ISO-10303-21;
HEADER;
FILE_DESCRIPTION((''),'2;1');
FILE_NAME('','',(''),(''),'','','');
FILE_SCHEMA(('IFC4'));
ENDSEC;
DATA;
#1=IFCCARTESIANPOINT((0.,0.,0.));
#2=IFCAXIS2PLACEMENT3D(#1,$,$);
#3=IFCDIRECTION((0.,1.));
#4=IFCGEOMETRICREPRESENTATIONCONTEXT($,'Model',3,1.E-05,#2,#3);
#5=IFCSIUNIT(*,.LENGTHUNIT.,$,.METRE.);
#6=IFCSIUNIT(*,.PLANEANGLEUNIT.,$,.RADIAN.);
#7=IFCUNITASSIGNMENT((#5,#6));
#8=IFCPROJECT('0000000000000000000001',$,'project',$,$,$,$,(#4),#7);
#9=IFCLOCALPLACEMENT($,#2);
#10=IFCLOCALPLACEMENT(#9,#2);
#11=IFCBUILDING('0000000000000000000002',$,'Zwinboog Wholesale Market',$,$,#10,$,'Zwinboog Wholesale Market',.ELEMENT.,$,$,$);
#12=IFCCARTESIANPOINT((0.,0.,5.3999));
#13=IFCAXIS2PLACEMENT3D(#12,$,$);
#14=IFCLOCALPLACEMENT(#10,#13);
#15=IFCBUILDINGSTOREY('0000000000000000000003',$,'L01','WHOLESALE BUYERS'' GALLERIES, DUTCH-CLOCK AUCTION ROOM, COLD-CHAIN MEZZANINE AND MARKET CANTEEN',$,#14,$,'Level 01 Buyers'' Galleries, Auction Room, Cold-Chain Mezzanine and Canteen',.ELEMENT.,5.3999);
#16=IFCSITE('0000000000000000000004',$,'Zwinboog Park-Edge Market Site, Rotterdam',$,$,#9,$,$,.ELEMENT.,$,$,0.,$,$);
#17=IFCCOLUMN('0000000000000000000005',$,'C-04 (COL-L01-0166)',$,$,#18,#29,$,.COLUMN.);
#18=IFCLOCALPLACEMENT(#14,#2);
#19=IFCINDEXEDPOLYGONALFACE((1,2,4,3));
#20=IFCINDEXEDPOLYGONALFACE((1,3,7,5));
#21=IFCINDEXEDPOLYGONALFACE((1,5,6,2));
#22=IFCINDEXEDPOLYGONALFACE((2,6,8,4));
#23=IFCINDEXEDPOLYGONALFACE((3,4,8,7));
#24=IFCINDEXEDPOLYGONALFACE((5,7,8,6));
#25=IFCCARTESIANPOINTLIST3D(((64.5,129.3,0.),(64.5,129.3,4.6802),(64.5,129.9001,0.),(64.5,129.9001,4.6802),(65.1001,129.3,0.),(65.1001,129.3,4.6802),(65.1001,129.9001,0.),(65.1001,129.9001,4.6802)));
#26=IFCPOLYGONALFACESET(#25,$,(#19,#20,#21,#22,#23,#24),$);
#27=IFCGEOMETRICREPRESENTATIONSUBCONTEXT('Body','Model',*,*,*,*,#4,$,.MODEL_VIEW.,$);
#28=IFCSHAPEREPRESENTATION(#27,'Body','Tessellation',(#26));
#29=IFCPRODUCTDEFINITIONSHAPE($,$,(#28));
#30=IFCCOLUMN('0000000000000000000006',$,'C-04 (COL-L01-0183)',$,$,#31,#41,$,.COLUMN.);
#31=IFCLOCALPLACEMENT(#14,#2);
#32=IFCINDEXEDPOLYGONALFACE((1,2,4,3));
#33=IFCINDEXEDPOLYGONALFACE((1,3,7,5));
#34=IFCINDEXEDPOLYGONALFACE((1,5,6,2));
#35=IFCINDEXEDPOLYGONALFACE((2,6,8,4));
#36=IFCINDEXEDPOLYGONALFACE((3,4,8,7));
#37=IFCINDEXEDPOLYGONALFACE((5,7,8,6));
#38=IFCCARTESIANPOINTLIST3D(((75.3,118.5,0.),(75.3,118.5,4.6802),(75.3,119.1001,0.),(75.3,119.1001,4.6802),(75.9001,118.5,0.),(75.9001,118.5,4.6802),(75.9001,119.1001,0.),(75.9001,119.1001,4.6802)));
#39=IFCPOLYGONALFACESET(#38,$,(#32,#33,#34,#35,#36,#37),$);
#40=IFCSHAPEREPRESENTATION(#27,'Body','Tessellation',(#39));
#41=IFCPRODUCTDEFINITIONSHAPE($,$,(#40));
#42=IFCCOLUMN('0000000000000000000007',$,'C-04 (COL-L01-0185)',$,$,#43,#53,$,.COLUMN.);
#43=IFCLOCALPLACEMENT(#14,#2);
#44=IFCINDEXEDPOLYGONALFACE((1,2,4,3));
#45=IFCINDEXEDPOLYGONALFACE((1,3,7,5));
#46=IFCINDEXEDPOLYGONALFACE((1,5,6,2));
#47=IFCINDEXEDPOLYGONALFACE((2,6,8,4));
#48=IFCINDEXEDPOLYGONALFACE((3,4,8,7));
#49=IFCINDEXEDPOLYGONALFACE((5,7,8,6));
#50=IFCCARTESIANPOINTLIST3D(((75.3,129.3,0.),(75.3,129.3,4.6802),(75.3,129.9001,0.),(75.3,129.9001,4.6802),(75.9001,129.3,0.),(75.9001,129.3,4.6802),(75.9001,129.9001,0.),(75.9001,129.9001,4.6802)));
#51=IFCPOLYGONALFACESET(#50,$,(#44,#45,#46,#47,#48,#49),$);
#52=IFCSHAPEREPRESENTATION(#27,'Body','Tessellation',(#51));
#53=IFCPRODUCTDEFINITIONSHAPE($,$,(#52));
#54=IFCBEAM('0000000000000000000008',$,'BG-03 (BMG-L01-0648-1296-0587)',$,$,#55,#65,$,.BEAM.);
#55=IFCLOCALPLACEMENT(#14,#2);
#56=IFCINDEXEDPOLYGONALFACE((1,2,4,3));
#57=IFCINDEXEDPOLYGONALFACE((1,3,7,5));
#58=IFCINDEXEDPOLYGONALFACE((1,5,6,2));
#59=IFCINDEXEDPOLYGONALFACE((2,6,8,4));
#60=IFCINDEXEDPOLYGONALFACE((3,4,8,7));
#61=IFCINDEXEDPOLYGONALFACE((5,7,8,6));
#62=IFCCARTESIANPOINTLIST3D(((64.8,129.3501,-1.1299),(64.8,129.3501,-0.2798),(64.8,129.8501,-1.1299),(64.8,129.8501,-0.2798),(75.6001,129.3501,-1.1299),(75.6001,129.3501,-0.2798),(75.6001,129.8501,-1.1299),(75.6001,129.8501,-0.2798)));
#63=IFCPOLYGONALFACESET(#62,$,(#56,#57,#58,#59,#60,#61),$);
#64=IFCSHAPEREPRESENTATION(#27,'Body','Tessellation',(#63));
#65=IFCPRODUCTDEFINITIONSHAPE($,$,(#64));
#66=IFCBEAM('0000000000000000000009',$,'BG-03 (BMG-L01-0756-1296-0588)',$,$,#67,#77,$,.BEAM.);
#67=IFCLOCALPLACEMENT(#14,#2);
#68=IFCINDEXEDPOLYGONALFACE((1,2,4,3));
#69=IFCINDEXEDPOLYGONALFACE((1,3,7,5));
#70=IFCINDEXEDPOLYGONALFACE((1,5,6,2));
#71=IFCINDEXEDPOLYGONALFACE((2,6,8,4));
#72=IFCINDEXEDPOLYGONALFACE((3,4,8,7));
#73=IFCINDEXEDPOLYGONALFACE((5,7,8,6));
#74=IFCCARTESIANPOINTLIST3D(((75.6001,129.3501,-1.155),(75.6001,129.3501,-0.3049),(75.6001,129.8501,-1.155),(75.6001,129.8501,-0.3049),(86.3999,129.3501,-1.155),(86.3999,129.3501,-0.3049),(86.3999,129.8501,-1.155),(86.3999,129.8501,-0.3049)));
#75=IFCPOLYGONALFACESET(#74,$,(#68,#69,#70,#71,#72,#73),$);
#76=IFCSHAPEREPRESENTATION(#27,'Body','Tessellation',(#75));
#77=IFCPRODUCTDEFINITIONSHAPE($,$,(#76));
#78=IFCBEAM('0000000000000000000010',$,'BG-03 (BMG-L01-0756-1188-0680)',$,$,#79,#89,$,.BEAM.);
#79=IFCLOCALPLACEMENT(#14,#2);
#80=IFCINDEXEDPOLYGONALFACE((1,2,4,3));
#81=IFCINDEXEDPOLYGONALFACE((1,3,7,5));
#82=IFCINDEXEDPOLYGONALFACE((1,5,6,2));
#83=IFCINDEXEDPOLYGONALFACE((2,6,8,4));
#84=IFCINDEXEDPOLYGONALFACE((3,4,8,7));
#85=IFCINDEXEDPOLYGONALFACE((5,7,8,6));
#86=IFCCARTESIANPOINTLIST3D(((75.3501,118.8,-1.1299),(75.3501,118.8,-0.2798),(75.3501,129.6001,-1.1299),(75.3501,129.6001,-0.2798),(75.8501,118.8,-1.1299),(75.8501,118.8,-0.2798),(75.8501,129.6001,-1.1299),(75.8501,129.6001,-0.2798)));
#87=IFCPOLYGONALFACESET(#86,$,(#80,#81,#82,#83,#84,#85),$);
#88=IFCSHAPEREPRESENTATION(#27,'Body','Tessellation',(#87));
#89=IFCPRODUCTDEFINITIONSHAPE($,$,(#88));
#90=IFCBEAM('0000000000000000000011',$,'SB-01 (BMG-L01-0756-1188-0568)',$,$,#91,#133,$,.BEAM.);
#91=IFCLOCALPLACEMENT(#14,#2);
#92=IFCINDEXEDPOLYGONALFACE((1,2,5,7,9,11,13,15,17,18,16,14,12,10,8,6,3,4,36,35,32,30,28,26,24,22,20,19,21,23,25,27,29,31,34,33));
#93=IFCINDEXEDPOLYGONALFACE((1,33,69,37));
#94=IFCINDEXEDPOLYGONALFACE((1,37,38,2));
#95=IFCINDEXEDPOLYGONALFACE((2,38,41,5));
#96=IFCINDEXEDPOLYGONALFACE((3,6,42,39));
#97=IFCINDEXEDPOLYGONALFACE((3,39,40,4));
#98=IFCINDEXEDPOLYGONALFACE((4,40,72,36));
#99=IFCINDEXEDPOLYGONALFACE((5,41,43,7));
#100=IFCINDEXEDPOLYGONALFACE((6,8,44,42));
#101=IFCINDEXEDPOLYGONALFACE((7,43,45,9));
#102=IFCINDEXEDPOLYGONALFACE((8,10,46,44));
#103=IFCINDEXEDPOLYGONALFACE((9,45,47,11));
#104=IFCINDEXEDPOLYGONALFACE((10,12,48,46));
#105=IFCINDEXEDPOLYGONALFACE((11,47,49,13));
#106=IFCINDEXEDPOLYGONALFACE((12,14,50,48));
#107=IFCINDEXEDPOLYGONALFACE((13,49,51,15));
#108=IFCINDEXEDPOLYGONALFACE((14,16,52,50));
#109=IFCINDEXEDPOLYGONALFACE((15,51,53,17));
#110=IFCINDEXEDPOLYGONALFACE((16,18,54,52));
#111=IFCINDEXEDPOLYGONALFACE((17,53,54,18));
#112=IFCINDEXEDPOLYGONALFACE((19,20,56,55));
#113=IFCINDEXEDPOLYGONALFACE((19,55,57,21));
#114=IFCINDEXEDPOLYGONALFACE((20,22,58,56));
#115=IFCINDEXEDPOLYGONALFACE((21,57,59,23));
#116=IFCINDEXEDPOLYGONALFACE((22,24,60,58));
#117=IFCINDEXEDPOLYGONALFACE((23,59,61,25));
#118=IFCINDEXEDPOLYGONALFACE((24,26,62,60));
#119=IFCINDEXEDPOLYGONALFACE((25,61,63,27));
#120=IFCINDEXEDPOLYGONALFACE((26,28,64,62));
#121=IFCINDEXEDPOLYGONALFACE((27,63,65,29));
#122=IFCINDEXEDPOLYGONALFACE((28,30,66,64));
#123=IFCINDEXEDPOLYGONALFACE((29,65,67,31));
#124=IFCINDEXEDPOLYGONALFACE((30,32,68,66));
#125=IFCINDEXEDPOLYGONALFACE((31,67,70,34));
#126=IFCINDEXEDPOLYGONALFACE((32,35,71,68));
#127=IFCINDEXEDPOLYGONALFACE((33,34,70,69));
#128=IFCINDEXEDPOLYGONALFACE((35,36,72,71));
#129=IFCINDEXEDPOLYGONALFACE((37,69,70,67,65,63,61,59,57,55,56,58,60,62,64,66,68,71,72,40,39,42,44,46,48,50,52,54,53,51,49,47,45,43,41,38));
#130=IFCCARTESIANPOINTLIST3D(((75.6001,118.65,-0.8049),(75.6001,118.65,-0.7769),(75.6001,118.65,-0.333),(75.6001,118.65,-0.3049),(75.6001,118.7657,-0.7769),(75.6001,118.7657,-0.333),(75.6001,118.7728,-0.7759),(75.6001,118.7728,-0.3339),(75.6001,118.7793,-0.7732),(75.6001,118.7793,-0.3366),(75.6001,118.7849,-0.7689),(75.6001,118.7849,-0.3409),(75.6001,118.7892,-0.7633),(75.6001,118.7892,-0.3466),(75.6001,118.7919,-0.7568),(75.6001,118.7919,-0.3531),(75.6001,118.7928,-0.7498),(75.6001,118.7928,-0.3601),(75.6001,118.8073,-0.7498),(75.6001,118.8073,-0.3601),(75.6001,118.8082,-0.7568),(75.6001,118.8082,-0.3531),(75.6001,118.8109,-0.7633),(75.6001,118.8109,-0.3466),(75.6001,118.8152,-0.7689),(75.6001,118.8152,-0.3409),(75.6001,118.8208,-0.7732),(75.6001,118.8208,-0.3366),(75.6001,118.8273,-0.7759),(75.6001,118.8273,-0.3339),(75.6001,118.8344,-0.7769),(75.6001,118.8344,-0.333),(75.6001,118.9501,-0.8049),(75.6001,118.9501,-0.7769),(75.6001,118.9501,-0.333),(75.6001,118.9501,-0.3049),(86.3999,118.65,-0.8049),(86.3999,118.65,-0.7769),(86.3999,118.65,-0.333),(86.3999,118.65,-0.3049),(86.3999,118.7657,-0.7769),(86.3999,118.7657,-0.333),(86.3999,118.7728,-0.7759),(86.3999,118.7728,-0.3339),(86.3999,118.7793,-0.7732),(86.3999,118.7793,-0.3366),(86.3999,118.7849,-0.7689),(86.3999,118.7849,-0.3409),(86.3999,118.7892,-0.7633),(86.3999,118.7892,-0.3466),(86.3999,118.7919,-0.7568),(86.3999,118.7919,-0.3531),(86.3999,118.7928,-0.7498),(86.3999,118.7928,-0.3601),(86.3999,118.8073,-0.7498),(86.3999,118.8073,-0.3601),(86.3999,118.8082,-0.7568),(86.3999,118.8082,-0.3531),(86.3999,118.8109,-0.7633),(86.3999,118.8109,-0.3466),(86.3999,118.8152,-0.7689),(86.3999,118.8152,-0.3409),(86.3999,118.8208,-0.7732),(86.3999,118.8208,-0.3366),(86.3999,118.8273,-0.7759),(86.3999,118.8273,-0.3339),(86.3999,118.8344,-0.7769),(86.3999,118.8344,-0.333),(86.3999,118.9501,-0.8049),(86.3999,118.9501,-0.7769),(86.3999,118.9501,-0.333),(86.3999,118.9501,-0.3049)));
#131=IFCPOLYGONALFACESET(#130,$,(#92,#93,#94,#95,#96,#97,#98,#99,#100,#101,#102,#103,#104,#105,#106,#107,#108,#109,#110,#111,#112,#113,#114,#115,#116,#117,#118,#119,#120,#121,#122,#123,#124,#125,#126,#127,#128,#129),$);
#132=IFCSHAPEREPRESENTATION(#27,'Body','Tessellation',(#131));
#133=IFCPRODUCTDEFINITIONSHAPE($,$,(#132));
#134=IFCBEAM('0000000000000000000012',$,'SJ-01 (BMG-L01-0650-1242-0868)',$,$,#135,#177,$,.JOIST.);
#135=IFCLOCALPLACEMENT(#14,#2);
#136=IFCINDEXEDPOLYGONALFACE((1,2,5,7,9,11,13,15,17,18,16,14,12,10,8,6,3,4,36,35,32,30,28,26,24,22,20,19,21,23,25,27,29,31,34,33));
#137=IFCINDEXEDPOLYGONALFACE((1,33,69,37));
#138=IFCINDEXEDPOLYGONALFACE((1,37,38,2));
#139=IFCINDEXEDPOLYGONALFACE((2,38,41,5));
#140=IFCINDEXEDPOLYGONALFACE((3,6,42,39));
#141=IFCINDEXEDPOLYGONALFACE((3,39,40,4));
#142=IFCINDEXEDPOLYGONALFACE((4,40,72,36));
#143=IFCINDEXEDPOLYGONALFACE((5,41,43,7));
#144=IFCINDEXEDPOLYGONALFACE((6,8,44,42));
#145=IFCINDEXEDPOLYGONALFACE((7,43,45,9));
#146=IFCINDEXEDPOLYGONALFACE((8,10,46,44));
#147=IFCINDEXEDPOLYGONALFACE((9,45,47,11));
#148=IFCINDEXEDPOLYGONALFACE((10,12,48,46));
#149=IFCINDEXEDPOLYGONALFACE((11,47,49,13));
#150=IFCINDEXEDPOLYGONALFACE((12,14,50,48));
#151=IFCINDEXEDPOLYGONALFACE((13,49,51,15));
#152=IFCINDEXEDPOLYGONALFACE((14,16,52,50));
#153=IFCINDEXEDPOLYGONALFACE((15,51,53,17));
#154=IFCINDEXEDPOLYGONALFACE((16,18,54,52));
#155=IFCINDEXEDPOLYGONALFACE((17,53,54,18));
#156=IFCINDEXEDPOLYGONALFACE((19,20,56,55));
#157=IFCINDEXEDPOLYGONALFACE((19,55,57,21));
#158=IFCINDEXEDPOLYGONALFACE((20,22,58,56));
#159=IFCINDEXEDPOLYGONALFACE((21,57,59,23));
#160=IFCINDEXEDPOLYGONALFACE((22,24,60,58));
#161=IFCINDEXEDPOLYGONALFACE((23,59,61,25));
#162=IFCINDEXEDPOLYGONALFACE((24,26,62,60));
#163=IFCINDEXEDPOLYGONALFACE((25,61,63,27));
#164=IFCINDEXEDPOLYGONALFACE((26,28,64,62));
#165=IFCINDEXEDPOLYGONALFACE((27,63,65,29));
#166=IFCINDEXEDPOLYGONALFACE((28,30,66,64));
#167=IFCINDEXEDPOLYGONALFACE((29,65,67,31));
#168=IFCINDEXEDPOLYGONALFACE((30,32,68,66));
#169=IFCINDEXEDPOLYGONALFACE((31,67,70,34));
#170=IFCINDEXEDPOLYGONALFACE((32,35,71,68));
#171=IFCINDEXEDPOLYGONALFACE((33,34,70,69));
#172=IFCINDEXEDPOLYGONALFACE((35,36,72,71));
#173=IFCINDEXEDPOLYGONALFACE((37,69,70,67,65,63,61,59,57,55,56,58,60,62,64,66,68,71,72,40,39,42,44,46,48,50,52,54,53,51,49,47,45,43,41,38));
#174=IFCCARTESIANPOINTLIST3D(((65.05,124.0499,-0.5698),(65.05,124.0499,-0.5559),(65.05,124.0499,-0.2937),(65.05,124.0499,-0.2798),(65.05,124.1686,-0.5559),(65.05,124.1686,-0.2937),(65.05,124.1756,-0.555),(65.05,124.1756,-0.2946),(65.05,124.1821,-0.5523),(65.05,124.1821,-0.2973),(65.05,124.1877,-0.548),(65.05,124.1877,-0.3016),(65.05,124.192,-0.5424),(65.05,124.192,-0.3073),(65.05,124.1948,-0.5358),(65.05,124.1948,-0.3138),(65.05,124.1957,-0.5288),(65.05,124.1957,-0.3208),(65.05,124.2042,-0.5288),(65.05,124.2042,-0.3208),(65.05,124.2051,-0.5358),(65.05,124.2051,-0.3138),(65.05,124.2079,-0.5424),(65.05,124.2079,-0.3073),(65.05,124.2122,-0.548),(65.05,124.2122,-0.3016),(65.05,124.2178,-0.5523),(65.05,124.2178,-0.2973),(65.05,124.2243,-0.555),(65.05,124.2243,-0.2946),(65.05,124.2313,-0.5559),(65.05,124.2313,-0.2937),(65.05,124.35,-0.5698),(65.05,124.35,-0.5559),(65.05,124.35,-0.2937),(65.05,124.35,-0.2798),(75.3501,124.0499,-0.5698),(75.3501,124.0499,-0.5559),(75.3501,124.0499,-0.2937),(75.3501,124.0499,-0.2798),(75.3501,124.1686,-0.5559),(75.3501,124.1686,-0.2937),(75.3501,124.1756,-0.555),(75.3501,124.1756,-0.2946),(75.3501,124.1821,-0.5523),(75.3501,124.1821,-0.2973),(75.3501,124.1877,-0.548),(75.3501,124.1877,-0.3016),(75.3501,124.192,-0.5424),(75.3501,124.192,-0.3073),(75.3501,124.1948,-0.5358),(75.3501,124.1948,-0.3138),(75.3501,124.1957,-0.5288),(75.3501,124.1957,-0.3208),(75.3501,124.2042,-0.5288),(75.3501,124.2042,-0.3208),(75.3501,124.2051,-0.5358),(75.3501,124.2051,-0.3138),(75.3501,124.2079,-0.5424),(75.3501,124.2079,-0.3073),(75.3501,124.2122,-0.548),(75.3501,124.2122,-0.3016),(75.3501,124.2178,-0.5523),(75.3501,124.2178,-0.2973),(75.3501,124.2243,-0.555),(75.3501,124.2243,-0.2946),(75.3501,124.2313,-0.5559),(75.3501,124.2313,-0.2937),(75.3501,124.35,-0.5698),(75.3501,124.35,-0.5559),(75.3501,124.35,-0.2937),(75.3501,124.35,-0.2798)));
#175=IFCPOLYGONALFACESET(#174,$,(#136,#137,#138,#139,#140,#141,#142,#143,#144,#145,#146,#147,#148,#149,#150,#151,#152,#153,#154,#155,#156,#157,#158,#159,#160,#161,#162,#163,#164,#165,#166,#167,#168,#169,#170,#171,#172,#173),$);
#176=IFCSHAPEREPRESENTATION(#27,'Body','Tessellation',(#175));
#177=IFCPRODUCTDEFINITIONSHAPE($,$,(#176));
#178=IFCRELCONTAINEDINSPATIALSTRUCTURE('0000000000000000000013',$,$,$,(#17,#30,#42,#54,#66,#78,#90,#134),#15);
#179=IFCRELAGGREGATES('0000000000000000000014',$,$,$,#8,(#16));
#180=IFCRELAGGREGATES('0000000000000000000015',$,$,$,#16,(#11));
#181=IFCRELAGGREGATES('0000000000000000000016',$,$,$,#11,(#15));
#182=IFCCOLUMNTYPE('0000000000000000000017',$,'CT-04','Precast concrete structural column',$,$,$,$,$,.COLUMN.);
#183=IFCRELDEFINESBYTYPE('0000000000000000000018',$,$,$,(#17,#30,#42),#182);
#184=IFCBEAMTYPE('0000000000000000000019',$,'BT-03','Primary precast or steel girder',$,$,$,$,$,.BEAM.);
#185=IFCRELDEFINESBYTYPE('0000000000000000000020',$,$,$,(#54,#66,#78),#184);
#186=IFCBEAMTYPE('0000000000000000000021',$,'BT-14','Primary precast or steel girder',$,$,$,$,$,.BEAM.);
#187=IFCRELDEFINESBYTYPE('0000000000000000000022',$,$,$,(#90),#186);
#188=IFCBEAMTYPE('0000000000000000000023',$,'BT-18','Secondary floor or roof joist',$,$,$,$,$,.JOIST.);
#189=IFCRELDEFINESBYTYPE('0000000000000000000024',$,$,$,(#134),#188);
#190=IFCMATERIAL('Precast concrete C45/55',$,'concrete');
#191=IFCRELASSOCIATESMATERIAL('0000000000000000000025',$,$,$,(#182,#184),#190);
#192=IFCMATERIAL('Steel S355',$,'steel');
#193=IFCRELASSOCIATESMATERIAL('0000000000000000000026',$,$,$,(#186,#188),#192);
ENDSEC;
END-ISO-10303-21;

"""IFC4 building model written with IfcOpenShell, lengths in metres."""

from ifc_helpers import new_model, si_unit, direction, frame, origin, origin_2d, place, context, subcontext, project, spatial, rectangle, i_section, extrude, material, material_profile, profile_set, type_object, element, save


model = new_model("IFC4")

# Units and contexts
model_context = context("Model", 3, precision=1e-05, world=origin(), true_north=direction((0.0, 1.0)))
body_context = subcontext(model_context, "Body", "Model", "MODEL_VIEW")
ifc_project = project(units=[si_unit("LENGTHUNIT", "METRE"), si_unit("PLANEANGLEUNIT", "RADIAN")], contexts=[model_context])

# Site, building, storey
site_placement = place(None, origin())
site = spatial("IfcSite", under=ifc_project, at=site_placement, Name="Zwinboog Park-Edge Market Site, Rotterdam", CompositionType="ELEMENT", RefElevation=0.0)
building_placement = place(site_placement, origin())
building = spatial("IfcBuilding", under=site, at=building_placement, Name="Zwinboog Wholesale Market", LongName="Zwinboog Wholesale Market", CompositionType="ELEMENT")
storey_placement = place(building_placement, frame((0.0, 0.0, 5.3999)))
storey = spatial("IfcBuildingStorey", under=building, at=storey_placement, Name="L01", Description="WHOLESALE BUYERS' GALLERIES, DUTCH-CLOCK AUCTION ROOM, COLD-CHAIN MEZZANINE AND MARKET CANTEEN", LongName="Level 01 Buyers' Galleries, Auction Room, Cold-Chain Mezzanine and Canteen", CompositionType="ELEMENT", Elevation=5.3999)

# Columns
ifc_material_1 = material(Name="Precast concrete C45/55", Category="concrete")
ifc_material_profile_1 = material_profile(ifc_material_1, rectangle(XDim=0.6001, YDim=0.6001, at=origin_2d()), Name="PC 600x600")
ifc_profile_set_1 = profile_set([ifc_material_profile_1], Name="Precast concrete C45/55")
column_type = type_object("IfcColumnType", Name="CT-04", Description="Precast concrete structural column", PredefinedType="COLUMN", material=ifc_profile_set_1)
for number, where, z_axis, x_axis, name in (
    (1, (64.8, 129.6001, 0.0), (0.0, 0.0, 1.0), (1.0, 0.0, 0.0), "C-04 (COL-L01-0166)"),
    (2, (75.6001, 118.8, 0.0), (0.0, 0.0, 1.0), (1.0, 0.0, 0.0), "C-04 (COL-L01-0183)"),
    (3, (75.6001, 129.6001, 0.0), (0.0, 0.0, 1.0), (1.0, 0.0, 0.0), "C-04 (COL-L01-0185)"),
):
    element("IfcColumn", number, at=place(storey_placement, frame(where, z_axis=z_axis, x_axis=x_axis)), inside=storey, type_object=column_type, Name=name, PredefinedType="COLUMN", context=body_context, shape_type="SweptSolid", body=[
        extrude(rectangle(XDim=0.6001, YDim=0.6001, at=origin_2d()), origin(), (0.0, 0.0, 1.0), 4.6802),
    ])

# Beams
ifc_material_profile_2 = material_profile(ifc_material_1, rectangle(XDim=0.5, YDim=0.8501, at=origin_2d()), Name="PC 500x850")
ifc_profile_set_2 = profile_set([ifc_material_profile_2], Name="Precast concrete C45/55")
beam_type_1 = type_object("IfcBeamType", Name="BT-03", Description="Primary precast or steel girder", PredefinedType="BEAM", material=ifc_profile_set_2)
beam_1_placement = place(storey_placement, frame((64.8, 129.6001, -0.7048), z_axis=(1.0, 0.0, 0.0), x_axis=(0.0, 1.0, 0.0)))
element("IfcBeam", 4, at=beam_1_placement, inside=storey, type_object=beam_type_1, Name="BG-03 (BMG-L01-0648-1296-0587)", PredefinedType="BEAM", context=body_context, shape_type="SweptSolid", body=[
    extrude(rectangle(XDim=0.5, YDim=0.8501, at=origin_2d()), origin(), (0.0, 0.0, 1.0), 10.8),
])
beam_2_placement = place(storey_placement, frame((75.6001, 129.6001, -0.73), z_axis=(1.0, 0.0, 0.0), x_axis=(0.0, 1.0, 0.0)))
element("IfcBeam", 5, at=beam_2_placement, inside=storey, type_object=beam_type_1, Name="BG-03 (BMG-L01-0756-1296-0588)", PredefinedType="BEAM", context=body_context, shape_type="SweptSolid", body=[
    extrude(rectangle(XDim=0.5, YDim=0.8501, at=origin_2d()), origin(), (0.0, 0.0, 1.0), 10.7998),
])
beam_3_placement = place(storey_placement, frame((75.6001, 118.8, -0.7048), z_axis=(0.0, 1.0, 0.0), x_axis=(-1.0, 0.0, 0.0)))
element("IfcBeam", 6, at=beam_3_placement, inside=storey, type_object=beam_type_1, Name="BG-03 (BMG-L01-0756-1188-0680)", PredefinedType="BEAM", context=body_context, shape_type="SweptSolid", body=[
    extrude(rectangle(XDim=0.5, YDim=0.8501, at=origin_2d()), origin(), (0.0, 0.0, 1.0), 10.8),
])
ifc_material_2 = material(Name="Steel S355", Category="steel")
ifc_material_profile_3 = material_profile(ifc_material_2, i_section(OverallWidth=0.3, OverallDepth=0.5, WebThickness=0.0144, FlangeThickness=0.0281, FilletRadius=0.0271, at=origin_2d()), Name="HEB 500")
ifc_profile_set_3 = profile_set([ifc_material_profile_3], Name="Steel S355")
beam_type_2 = type_object("IfcBeamType", Name="BT-14", Description="Primary precast or steel girder", PredefinedType="BEAM", material=ifc_profile_set_3)
beam_4_placement = place(storey_placement, frame((75.6001, 118.8, -0.5549), z_axis=(1.0, 0.0, 0.0), x_axis=(0.0, 1.0, 0.0)))
element("IfcBeam", 7, at=beam_4_placement, inside=storey, type_object=beam_type_2, Name="SB-01 (BMG-L01-0756-1188-0568)", PredefinedType="BEAM", context=body_context, shape_type="SweptSolid", body=[
    extrude(i_section(OverallWidth=0.3, OverallDepth=0.5, WebThickness=0.0144, FlangeThickness=0.0281, FilletRadius=0.0271, at=origin_2d()), origin(), (0.0, 0.0, 1.0), 10.7998),
])
ifc_material_profile_4 = material_profile(ifc_material_2, i_section(OverallWidth=0.3, OverallDepth=0.29, WebThickness=0.0085, FlangeThickness=0.0139, FilletRadius=0.0271, at=origin_2d()), Name="HEA 300")
ifc_profile_set_4 = profile_set([ifc_material_profile_4], Name="Steel S355")
beam_type_3 = type_object("IfcBeamType", Name="BT-18", Description="Secondary floor or roof joist", PredefinedType="JOIST", material=ifc_profile_set_4)
beam_5_placement = place(storey_placement, frame((65.05, 124.2, -0.4248), z_axis=(1.0, 0.0, 0.0), x_axis=(0.0, 1.0, 0.0)))
element("IfcBeam", 8, at=beam_5_placement, inside=storey, type_object=beam_type_3, Name="SJ-01 (BMG-L01-0650-1242-0868)", PredefinedType="JOIST", context=body_context, shape_type="SweptSolid", body=[
    extrude(i_section(OverallWidth=0.3, OverallDepth=0.29, WebThickness=0.0085, FlangeThickness=0.0139, FilletRadius=0.0271, at=origin_2d()), origin(), (0.0, 0.0, 1.0), 10.3),
])

save(model, "model.ifc")
